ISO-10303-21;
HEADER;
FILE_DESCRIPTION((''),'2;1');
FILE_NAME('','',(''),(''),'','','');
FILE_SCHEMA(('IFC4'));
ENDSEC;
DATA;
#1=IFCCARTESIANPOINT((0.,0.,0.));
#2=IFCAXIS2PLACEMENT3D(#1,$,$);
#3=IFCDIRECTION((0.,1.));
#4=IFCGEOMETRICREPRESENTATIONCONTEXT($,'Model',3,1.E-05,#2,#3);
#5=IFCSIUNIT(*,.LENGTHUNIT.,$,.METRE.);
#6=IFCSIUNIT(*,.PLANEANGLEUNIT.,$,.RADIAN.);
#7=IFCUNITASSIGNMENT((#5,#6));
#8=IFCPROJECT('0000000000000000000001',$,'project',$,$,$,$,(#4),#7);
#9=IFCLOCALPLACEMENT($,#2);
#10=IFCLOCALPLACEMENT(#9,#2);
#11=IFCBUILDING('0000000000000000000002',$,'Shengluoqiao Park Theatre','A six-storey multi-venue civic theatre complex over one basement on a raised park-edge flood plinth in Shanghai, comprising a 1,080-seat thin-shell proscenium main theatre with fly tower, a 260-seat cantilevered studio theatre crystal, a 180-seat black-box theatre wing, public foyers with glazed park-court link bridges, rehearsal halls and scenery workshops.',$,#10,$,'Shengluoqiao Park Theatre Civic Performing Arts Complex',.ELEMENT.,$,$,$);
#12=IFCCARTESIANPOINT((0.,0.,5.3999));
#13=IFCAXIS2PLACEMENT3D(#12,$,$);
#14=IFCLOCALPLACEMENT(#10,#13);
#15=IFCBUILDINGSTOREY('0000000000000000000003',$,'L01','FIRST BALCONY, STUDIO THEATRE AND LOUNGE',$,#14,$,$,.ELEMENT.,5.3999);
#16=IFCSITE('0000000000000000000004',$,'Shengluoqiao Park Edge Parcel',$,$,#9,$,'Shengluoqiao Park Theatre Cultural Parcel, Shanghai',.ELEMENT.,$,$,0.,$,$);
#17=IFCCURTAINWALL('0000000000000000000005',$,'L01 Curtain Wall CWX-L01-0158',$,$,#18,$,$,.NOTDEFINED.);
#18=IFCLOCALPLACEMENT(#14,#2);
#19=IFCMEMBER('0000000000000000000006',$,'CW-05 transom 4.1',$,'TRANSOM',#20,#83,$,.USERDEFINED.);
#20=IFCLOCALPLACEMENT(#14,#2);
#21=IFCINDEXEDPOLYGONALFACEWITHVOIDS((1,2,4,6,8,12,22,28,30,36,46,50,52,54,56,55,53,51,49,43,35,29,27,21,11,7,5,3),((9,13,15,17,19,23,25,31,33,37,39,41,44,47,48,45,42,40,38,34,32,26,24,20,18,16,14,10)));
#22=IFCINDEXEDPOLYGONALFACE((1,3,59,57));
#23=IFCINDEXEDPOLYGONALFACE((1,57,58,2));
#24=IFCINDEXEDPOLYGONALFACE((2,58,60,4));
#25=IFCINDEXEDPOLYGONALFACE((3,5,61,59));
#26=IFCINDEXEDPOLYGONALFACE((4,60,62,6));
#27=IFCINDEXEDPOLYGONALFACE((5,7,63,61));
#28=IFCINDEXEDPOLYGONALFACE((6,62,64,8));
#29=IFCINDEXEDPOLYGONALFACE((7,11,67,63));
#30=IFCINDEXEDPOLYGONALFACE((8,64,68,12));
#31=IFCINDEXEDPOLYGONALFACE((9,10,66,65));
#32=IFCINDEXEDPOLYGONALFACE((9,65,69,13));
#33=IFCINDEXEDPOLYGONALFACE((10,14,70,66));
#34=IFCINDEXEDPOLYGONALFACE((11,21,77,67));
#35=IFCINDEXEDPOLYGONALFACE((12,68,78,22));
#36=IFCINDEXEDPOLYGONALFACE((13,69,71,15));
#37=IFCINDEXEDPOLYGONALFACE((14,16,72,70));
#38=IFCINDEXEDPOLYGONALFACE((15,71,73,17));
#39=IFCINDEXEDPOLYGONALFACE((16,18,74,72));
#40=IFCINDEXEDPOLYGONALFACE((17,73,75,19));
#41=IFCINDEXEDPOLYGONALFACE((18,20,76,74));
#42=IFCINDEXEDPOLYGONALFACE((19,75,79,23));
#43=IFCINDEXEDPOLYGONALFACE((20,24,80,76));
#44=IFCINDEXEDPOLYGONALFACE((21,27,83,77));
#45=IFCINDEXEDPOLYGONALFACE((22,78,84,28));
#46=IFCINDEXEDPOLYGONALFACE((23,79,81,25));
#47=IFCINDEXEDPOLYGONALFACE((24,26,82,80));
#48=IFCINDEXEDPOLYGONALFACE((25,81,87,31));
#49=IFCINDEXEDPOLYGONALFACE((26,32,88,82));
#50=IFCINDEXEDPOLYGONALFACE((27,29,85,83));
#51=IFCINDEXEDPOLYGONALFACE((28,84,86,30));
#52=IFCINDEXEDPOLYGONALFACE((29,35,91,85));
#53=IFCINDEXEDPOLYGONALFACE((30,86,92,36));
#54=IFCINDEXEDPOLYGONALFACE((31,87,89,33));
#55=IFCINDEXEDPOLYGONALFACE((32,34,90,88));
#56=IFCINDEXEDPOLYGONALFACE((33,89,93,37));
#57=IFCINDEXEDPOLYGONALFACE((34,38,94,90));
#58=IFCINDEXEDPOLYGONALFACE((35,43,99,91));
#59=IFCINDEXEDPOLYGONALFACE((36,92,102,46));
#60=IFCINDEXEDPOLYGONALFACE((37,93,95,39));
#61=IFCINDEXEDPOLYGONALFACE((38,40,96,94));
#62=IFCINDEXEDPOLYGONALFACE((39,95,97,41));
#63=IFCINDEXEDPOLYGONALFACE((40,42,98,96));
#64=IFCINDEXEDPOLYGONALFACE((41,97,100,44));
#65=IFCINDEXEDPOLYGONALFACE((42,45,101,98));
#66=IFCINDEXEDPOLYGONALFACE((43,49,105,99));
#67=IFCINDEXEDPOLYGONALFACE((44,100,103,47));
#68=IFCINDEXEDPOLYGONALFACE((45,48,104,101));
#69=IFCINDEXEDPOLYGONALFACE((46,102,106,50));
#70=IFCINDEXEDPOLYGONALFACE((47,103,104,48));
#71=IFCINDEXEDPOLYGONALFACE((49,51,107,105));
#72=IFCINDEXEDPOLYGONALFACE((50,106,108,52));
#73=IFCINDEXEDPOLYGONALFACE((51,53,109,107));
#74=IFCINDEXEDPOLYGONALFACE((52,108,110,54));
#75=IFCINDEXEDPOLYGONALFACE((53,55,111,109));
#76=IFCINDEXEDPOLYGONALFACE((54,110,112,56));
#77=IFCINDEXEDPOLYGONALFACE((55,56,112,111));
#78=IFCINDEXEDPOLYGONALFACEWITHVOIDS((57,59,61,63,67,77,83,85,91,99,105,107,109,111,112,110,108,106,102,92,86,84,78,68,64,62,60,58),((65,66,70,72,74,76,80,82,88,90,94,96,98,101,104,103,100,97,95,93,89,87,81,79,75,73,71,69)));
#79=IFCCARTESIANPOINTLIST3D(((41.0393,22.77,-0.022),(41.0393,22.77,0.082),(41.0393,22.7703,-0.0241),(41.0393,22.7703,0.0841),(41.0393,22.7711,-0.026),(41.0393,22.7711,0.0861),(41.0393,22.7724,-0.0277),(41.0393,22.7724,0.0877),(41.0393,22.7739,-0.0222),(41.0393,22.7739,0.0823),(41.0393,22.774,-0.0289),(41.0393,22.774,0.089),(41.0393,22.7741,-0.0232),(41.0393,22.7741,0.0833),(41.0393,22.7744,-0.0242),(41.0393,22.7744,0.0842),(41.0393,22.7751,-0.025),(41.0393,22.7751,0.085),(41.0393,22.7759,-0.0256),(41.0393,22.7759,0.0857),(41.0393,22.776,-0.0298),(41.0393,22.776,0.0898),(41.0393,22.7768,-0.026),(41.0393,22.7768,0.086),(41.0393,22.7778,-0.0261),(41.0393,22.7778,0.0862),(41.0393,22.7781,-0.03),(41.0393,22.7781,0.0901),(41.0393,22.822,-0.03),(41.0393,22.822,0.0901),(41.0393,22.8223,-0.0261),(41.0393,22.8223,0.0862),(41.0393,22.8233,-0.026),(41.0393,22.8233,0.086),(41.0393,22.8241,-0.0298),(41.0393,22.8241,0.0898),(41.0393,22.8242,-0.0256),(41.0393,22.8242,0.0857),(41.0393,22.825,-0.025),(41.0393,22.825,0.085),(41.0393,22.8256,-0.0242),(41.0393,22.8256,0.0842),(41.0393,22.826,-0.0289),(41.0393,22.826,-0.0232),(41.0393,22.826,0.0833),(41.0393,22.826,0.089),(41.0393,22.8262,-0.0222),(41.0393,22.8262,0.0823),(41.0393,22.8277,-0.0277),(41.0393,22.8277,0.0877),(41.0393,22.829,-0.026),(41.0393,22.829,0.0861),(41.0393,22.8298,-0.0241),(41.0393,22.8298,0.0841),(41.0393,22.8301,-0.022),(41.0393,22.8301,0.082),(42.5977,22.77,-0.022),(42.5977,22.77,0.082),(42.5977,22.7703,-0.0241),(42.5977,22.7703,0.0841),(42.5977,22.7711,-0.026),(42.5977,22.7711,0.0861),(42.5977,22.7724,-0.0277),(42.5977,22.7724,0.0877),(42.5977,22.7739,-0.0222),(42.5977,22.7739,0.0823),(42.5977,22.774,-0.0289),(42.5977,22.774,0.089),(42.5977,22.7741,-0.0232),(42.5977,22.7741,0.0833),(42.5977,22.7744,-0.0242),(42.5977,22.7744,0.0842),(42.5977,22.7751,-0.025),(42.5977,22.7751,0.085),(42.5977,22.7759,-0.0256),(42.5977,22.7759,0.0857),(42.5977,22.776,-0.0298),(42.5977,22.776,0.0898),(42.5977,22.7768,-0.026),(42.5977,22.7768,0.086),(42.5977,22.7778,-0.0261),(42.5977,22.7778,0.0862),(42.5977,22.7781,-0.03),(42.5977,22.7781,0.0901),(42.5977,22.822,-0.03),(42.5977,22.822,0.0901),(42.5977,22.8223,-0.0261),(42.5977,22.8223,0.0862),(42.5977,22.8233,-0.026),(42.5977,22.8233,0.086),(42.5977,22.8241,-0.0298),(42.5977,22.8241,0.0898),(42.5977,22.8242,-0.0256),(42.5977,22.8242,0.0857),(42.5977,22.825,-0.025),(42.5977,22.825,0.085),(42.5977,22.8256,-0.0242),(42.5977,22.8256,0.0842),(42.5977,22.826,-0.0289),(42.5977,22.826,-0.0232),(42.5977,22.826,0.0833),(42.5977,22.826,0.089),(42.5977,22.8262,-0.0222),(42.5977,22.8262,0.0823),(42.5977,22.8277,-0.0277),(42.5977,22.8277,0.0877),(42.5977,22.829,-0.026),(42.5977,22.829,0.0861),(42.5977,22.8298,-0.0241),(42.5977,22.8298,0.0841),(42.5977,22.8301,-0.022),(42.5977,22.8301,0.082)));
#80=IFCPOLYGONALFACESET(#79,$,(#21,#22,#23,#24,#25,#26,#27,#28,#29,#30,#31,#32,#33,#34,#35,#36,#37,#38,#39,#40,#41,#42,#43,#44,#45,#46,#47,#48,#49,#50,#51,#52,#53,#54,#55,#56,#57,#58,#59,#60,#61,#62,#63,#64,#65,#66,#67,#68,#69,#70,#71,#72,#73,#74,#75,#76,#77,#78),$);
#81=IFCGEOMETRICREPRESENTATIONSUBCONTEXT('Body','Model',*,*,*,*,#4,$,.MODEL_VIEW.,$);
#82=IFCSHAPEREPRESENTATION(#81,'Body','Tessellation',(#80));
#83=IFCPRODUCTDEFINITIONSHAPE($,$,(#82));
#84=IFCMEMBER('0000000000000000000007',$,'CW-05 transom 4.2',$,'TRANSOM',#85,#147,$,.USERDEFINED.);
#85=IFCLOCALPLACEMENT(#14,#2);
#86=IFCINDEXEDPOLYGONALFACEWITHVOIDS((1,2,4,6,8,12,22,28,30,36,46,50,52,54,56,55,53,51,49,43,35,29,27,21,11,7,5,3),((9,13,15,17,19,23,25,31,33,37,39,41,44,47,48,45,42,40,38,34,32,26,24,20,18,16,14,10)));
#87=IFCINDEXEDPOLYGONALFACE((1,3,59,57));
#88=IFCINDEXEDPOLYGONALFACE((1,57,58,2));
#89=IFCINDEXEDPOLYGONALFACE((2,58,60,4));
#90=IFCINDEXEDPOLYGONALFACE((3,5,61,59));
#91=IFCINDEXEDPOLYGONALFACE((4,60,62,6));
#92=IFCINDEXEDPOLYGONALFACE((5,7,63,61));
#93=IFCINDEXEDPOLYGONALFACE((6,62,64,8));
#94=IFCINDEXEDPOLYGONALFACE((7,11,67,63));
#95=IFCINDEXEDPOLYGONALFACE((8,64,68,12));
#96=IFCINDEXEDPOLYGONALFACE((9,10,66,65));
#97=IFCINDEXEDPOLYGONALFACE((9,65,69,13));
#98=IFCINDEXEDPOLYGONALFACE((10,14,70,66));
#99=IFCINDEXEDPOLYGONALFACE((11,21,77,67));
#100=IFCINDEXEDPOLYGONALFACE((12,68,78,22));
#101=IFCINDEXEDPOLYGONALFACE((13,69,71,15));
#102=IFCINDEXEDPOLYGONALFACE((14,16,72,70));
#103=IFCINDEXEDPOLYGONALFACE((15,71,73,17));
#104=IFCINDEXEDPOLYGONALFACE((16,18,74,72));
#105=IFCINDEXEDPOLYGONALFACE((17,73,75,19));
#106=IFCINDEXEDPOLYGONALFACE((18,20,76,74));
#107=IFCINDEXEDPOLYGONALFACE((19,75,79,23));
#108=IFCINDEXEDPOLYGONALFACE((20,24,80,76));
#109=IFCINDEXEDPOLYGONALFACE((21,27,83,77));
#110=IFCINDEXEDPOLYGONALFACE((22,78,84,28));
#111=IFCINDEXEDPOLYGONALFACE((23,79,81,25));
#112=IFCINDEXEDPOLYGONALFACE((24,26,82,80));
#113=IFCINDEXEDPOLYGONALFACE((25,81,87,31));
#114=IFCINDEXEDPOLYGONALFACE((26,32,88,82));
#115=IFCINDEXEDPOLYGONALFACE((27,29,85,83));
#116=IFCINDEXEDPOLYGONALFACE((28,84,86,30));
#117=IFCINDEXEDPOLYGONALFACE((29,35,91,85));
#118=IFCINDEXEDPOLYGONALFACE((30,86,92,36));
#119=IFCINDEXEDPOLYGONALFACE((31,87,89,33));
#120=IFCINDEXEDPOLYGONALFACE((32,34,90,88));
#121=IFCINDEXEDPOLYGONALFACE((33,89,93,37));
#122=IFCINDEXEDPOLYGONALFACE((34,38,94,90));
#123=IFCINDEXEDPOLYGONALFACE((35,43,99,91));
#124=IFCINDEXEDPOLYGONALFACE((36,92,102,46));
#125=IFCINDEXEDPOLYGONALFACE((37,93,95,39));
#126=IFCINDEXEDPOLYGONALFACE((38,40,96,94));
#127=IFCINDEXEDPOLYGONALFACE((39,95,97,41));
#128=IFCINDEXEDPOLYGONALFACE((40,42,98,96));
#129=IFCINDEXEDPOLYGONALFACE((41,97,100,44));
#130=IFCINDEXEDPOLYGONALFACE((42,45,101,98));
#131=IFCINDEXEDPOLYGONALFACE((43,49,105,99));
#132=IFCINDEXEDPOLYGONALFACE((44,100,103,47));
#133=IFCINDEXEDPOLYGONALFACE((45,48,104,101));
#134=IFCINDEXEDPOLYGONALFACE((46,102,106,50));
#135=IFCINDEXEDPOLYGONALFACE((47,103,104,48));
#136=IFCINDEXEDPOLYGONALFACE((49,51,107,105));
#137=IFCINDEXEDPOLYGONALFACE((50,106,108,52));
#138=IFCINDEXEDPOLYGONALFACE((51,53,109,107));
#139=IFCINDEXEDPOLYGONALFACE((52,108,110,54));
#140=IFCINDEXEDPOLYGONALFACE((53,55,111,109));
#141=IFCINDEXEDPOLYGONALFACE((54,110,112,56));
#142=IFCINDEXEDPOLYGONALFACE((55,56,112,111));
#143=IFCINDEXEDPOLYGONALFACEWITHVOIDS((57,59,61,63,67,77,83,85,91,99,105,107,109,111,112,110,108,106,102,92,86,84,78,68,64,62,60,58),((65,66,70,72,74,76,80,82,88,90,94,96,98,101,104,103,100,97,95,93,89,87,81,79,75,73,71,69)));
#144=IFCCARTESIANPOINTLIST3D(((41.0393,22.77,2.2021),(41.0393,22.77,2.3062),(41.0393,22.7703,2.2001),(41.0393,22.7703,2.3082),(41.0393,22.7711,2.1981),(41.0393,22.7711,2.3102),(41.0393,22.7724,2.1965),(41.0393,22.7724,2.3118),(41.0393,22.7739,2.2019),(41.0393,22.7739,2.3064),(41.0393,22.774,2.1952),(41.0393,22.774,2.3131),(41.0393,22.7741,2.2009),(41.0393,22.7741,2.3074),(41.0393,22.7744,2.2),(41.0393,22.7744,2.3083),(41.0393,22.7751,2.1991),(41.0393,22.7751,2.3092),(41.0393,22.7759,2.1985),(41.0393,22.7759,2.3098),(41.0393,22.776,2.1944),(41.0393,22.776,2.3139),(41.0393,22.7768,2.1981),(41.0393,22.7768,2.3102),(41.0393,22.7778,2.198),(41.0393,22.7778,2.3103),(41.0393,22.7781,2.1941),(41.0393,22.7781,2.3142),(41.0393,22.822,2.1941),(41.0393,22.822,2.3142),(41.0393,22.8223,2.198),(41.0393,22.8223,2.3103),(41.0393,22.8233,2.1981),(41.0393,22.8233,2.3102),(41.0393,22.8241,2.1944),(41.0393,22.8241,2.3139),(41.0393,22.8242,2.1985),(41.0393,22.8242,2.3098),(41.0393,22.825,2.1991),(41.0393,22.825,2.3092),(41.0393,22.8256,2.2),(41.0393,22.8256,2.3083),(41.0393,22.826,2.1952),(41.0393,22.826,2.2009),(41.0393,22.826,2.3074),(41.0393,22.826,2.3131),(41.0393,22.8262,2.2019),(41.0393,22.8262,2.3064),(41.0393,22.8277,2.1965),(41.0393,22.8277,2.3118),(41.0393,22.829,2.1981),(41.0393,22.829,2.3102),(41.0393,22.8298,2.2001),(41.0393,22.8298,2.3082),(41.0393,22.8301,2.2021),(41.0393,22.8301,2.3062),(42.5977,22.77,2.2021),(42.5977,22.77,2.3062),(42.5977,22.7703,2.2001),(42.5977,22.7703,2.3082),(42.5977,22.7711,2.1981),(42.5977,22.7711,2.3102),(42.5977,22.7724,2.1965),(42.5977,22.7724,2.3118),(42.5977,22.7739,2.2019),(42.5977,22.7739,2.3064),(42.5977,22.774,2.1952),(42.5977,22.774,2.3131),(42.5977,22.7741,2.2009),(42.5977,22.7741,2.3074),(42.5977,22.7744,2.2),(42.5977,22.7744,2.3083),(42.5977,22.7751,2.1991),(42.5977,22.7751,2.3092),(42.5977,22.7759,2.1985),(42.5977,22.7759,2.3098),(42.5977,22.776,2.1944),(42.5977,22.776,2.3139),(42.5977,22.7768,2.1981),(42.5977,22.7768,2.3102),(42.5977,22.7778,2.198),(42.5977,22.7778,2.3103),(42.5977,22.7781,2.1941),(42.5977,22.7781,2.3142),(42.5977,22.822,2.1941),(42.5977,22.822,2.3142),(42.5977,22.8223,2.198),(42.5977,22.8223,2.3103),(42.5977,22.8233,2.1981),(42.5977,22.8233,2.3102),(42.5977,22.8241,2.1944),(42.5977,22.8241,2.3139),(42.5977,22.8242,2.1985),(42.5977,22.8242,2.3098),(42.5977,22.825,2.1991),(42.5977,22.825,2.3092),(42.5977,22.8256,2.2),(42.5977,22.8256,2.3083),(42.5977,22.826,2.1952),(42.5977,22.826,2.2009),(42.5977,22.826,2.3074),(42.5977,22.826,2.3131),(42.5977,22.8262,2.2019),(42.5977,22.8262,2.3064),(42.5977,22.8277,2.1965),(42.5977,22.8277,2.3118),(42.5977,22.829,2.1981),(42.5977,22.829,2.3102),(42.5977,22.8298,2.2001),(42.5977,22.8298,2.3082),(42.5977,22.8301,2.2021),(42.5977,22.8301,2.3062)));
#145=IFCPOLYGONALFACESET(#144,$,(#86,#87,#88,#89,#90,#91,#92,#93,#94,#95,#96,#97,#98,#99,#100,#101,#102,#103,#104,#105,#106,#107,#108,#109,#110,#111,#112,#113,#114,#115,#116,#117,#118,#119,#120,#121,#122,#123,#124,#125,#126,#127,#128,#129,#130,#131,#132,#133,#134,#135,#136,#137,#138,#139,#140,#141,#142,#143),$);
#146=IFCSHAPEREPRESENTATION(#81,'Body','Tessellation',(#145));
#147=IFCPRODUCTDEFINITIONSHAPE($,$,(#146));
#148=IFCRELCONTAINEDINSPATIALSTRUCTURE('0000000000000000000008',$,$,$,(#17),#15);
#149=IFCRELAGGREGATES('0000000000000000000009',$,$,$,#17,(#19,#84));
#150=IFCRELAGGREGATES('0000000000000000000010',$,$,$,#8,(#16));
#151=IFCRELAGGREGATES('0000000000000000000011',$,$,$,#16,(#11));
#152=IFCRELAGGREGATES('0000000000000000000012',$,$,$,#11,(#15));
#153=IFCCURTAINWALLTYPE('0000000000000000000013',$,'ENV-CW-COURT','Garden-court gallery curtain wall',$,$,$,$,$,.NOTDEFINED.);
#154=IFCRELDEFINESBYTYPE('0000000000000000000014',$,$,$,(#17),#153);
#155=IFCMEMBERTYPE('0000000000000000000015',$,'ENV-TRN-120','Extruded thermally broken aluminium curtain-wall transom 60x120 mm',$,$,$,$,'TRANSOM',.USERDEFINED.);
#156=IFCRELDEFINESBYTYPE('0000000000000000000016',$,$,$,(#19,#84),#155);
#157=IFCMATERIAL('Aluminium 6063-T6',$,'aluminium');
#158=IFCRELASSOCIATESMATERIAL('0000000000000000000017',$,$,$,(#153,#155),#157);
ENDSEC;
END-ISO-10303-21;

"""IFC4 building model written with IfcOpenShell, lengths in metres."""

from ifc_helpers import new_model, si_unit, direction, frame, origin, origin_2d, place, context, subcontext, project, spatial, hollow_rectangle, extrude, material, material_profile, profile_set, type_object, element, aggregate, save


model = new_model("IFC4")

# Units and contexts
model_context = context("Model", 3, precision=1e-05, world=origin(), true_north=direction((0.0, 1.0)))
body_context = subcontext(model_context, "Body", "Model", "MODEL_VIEW")
ifc_project = project(units=[si_unit("LENGTHUNIT", "METRE"), si_unit("PLANEANGLEUNIT", "RADIAN")], contexts=[model_context])

# Site, building, storey
site_placement = place(None, origin())
site = spatial("IfcSite", under=ifc_project, at=site_placement, Name="Shengluoqiao Park Edge Parcel", LongName="Shengluoqiao Park Theatre Cultural Parcel, Shanghai", CompositionType="ELEMENT", RefElevation=0.0)
building_placement = place(site_placement, origin())
building = spatial("IfcBuilding", under=site, at=building_placement, Name="Shengluoqiao Park Theatre", Description="A six-storey multi-venue civic theatre complex over one basement on a raised park-edge flood plinth in Shanghai, comprising a 1,080-seat thin-shell proscenium main theatre with fly tower, a 260-seat cantilevered studio theatre crystal, a 180-seat black-box theatre wing, public foyers with glazed park-court link bridges, rehearsal halls and scenery workshops.", LongName="Shengluoqiao Park Theatre Civic Performing Arts Complex", CompositionType="ELEMENT")
storey_placement = place(building_placement, frame((0.0, 0.0, 5.3999)))
storey = spatial("IfcBuildingStorey", under=building, at=storey_placement, Name="L01", Description="FIRST BALCONY, STUDIO THEATRE AND LOUNGE", CompositionType="ELEMENT", Elevation=5.3999)

# Curtain wall
ifc_material_1 = material(Name="Aluminium 6063-T6", Category="aluminium")
curtain_wall_type = type_object("IfcCurtainWallType", Name="ENV-CW-COURT", Description="Garden-court gallery curtain wall", PredefinedType="NOTDEFINED", material=ifc_material_1)
curtain_wall_1_placement = place(storey_placement, origin())
curtain_wall_1 = element("IfcCurtainWall", 1, at=curtain_wall_1_placement, inside=storey, type_object=curtain_wall_type, Name="L01 Curtain Wall CWX-L01-0158", PredefinedType="NOTDEFINED")

# Members
ifc_material_profile_1 = material_profile(ifc_material_1, hollow_rectangle(XDim=0.0601, YDim=0.1201, WallThickness=0.0039, InnerFilletRadius=0.0039, OuterFilletRadius=0.0081, at=origin_2d()), Name="ALU TRANSOM 120x60x4")
ifc_profile_set_1 = profile_set([ifc_material_profile_1], Name="Aluminium 6063-T6")
member_type_1 = type_object("IfcMemberType", Name="ENV-TRN-120", Description="Extruded thermally broken aluminium curtain-wall transom 60x120 mm", ElementType="TRANSOM", PredefinedType="USERDEFINED", material=ifc_profile_set_1)
member_1_placement = place(storey_placement, frame((41.0393, 22.8, 0.03), z_axis=(1.0, 0.0, 0.0), x_axis=(0.0, 1.0, 0.0)))
member_1 = element("IfcMember", 2, at=member_1_placement, type_object=member_type_1, Name="CW-05 transom 4.1", ObjectType="TRANSOM", PredefinedType="USERDEFINED", context=body_context, shape_type="SweptSolid", body=[
    extrude(hollow_rectangle(XDim=0.0601, YDim=0.1201, WallThickness=0.0039, InnerFilletRadius=0.0039, OuterFilletRadius=0.0081, at=origin_2d()), origin(), (0.0, 0.0, 1.0), 1.5583),
])
member_2_placement = place(storey_placement, frame((41.0393, 22.8, 2.2542), z_axis=(1.0, 0.0, 0.0), x_axis=(0.0, 1.0, 0.0)))
member_2 = element("IfcMember", 3, at=member_2_placement, type_object=member_type_1, Name="CW-05 transom 4.2", ObjectType="TRANSOM", PredefinedType="USERDEFINED", context=body_context, shape_type="SweptSolid", body=[
    extrude(hollow_rectangle(XDim=0.0601, YDim=0.1201, WallThickness=0.0039, InnerFilletRadius=0.0039, OuterFilletRadius=0.0081, at=origin_2d()), origin(), (0.0, 0.0, 1.0), 1.5583),
])

aggregate(curtain_wall_1, [member_1, member_2])

save(model, "model.ifc")
